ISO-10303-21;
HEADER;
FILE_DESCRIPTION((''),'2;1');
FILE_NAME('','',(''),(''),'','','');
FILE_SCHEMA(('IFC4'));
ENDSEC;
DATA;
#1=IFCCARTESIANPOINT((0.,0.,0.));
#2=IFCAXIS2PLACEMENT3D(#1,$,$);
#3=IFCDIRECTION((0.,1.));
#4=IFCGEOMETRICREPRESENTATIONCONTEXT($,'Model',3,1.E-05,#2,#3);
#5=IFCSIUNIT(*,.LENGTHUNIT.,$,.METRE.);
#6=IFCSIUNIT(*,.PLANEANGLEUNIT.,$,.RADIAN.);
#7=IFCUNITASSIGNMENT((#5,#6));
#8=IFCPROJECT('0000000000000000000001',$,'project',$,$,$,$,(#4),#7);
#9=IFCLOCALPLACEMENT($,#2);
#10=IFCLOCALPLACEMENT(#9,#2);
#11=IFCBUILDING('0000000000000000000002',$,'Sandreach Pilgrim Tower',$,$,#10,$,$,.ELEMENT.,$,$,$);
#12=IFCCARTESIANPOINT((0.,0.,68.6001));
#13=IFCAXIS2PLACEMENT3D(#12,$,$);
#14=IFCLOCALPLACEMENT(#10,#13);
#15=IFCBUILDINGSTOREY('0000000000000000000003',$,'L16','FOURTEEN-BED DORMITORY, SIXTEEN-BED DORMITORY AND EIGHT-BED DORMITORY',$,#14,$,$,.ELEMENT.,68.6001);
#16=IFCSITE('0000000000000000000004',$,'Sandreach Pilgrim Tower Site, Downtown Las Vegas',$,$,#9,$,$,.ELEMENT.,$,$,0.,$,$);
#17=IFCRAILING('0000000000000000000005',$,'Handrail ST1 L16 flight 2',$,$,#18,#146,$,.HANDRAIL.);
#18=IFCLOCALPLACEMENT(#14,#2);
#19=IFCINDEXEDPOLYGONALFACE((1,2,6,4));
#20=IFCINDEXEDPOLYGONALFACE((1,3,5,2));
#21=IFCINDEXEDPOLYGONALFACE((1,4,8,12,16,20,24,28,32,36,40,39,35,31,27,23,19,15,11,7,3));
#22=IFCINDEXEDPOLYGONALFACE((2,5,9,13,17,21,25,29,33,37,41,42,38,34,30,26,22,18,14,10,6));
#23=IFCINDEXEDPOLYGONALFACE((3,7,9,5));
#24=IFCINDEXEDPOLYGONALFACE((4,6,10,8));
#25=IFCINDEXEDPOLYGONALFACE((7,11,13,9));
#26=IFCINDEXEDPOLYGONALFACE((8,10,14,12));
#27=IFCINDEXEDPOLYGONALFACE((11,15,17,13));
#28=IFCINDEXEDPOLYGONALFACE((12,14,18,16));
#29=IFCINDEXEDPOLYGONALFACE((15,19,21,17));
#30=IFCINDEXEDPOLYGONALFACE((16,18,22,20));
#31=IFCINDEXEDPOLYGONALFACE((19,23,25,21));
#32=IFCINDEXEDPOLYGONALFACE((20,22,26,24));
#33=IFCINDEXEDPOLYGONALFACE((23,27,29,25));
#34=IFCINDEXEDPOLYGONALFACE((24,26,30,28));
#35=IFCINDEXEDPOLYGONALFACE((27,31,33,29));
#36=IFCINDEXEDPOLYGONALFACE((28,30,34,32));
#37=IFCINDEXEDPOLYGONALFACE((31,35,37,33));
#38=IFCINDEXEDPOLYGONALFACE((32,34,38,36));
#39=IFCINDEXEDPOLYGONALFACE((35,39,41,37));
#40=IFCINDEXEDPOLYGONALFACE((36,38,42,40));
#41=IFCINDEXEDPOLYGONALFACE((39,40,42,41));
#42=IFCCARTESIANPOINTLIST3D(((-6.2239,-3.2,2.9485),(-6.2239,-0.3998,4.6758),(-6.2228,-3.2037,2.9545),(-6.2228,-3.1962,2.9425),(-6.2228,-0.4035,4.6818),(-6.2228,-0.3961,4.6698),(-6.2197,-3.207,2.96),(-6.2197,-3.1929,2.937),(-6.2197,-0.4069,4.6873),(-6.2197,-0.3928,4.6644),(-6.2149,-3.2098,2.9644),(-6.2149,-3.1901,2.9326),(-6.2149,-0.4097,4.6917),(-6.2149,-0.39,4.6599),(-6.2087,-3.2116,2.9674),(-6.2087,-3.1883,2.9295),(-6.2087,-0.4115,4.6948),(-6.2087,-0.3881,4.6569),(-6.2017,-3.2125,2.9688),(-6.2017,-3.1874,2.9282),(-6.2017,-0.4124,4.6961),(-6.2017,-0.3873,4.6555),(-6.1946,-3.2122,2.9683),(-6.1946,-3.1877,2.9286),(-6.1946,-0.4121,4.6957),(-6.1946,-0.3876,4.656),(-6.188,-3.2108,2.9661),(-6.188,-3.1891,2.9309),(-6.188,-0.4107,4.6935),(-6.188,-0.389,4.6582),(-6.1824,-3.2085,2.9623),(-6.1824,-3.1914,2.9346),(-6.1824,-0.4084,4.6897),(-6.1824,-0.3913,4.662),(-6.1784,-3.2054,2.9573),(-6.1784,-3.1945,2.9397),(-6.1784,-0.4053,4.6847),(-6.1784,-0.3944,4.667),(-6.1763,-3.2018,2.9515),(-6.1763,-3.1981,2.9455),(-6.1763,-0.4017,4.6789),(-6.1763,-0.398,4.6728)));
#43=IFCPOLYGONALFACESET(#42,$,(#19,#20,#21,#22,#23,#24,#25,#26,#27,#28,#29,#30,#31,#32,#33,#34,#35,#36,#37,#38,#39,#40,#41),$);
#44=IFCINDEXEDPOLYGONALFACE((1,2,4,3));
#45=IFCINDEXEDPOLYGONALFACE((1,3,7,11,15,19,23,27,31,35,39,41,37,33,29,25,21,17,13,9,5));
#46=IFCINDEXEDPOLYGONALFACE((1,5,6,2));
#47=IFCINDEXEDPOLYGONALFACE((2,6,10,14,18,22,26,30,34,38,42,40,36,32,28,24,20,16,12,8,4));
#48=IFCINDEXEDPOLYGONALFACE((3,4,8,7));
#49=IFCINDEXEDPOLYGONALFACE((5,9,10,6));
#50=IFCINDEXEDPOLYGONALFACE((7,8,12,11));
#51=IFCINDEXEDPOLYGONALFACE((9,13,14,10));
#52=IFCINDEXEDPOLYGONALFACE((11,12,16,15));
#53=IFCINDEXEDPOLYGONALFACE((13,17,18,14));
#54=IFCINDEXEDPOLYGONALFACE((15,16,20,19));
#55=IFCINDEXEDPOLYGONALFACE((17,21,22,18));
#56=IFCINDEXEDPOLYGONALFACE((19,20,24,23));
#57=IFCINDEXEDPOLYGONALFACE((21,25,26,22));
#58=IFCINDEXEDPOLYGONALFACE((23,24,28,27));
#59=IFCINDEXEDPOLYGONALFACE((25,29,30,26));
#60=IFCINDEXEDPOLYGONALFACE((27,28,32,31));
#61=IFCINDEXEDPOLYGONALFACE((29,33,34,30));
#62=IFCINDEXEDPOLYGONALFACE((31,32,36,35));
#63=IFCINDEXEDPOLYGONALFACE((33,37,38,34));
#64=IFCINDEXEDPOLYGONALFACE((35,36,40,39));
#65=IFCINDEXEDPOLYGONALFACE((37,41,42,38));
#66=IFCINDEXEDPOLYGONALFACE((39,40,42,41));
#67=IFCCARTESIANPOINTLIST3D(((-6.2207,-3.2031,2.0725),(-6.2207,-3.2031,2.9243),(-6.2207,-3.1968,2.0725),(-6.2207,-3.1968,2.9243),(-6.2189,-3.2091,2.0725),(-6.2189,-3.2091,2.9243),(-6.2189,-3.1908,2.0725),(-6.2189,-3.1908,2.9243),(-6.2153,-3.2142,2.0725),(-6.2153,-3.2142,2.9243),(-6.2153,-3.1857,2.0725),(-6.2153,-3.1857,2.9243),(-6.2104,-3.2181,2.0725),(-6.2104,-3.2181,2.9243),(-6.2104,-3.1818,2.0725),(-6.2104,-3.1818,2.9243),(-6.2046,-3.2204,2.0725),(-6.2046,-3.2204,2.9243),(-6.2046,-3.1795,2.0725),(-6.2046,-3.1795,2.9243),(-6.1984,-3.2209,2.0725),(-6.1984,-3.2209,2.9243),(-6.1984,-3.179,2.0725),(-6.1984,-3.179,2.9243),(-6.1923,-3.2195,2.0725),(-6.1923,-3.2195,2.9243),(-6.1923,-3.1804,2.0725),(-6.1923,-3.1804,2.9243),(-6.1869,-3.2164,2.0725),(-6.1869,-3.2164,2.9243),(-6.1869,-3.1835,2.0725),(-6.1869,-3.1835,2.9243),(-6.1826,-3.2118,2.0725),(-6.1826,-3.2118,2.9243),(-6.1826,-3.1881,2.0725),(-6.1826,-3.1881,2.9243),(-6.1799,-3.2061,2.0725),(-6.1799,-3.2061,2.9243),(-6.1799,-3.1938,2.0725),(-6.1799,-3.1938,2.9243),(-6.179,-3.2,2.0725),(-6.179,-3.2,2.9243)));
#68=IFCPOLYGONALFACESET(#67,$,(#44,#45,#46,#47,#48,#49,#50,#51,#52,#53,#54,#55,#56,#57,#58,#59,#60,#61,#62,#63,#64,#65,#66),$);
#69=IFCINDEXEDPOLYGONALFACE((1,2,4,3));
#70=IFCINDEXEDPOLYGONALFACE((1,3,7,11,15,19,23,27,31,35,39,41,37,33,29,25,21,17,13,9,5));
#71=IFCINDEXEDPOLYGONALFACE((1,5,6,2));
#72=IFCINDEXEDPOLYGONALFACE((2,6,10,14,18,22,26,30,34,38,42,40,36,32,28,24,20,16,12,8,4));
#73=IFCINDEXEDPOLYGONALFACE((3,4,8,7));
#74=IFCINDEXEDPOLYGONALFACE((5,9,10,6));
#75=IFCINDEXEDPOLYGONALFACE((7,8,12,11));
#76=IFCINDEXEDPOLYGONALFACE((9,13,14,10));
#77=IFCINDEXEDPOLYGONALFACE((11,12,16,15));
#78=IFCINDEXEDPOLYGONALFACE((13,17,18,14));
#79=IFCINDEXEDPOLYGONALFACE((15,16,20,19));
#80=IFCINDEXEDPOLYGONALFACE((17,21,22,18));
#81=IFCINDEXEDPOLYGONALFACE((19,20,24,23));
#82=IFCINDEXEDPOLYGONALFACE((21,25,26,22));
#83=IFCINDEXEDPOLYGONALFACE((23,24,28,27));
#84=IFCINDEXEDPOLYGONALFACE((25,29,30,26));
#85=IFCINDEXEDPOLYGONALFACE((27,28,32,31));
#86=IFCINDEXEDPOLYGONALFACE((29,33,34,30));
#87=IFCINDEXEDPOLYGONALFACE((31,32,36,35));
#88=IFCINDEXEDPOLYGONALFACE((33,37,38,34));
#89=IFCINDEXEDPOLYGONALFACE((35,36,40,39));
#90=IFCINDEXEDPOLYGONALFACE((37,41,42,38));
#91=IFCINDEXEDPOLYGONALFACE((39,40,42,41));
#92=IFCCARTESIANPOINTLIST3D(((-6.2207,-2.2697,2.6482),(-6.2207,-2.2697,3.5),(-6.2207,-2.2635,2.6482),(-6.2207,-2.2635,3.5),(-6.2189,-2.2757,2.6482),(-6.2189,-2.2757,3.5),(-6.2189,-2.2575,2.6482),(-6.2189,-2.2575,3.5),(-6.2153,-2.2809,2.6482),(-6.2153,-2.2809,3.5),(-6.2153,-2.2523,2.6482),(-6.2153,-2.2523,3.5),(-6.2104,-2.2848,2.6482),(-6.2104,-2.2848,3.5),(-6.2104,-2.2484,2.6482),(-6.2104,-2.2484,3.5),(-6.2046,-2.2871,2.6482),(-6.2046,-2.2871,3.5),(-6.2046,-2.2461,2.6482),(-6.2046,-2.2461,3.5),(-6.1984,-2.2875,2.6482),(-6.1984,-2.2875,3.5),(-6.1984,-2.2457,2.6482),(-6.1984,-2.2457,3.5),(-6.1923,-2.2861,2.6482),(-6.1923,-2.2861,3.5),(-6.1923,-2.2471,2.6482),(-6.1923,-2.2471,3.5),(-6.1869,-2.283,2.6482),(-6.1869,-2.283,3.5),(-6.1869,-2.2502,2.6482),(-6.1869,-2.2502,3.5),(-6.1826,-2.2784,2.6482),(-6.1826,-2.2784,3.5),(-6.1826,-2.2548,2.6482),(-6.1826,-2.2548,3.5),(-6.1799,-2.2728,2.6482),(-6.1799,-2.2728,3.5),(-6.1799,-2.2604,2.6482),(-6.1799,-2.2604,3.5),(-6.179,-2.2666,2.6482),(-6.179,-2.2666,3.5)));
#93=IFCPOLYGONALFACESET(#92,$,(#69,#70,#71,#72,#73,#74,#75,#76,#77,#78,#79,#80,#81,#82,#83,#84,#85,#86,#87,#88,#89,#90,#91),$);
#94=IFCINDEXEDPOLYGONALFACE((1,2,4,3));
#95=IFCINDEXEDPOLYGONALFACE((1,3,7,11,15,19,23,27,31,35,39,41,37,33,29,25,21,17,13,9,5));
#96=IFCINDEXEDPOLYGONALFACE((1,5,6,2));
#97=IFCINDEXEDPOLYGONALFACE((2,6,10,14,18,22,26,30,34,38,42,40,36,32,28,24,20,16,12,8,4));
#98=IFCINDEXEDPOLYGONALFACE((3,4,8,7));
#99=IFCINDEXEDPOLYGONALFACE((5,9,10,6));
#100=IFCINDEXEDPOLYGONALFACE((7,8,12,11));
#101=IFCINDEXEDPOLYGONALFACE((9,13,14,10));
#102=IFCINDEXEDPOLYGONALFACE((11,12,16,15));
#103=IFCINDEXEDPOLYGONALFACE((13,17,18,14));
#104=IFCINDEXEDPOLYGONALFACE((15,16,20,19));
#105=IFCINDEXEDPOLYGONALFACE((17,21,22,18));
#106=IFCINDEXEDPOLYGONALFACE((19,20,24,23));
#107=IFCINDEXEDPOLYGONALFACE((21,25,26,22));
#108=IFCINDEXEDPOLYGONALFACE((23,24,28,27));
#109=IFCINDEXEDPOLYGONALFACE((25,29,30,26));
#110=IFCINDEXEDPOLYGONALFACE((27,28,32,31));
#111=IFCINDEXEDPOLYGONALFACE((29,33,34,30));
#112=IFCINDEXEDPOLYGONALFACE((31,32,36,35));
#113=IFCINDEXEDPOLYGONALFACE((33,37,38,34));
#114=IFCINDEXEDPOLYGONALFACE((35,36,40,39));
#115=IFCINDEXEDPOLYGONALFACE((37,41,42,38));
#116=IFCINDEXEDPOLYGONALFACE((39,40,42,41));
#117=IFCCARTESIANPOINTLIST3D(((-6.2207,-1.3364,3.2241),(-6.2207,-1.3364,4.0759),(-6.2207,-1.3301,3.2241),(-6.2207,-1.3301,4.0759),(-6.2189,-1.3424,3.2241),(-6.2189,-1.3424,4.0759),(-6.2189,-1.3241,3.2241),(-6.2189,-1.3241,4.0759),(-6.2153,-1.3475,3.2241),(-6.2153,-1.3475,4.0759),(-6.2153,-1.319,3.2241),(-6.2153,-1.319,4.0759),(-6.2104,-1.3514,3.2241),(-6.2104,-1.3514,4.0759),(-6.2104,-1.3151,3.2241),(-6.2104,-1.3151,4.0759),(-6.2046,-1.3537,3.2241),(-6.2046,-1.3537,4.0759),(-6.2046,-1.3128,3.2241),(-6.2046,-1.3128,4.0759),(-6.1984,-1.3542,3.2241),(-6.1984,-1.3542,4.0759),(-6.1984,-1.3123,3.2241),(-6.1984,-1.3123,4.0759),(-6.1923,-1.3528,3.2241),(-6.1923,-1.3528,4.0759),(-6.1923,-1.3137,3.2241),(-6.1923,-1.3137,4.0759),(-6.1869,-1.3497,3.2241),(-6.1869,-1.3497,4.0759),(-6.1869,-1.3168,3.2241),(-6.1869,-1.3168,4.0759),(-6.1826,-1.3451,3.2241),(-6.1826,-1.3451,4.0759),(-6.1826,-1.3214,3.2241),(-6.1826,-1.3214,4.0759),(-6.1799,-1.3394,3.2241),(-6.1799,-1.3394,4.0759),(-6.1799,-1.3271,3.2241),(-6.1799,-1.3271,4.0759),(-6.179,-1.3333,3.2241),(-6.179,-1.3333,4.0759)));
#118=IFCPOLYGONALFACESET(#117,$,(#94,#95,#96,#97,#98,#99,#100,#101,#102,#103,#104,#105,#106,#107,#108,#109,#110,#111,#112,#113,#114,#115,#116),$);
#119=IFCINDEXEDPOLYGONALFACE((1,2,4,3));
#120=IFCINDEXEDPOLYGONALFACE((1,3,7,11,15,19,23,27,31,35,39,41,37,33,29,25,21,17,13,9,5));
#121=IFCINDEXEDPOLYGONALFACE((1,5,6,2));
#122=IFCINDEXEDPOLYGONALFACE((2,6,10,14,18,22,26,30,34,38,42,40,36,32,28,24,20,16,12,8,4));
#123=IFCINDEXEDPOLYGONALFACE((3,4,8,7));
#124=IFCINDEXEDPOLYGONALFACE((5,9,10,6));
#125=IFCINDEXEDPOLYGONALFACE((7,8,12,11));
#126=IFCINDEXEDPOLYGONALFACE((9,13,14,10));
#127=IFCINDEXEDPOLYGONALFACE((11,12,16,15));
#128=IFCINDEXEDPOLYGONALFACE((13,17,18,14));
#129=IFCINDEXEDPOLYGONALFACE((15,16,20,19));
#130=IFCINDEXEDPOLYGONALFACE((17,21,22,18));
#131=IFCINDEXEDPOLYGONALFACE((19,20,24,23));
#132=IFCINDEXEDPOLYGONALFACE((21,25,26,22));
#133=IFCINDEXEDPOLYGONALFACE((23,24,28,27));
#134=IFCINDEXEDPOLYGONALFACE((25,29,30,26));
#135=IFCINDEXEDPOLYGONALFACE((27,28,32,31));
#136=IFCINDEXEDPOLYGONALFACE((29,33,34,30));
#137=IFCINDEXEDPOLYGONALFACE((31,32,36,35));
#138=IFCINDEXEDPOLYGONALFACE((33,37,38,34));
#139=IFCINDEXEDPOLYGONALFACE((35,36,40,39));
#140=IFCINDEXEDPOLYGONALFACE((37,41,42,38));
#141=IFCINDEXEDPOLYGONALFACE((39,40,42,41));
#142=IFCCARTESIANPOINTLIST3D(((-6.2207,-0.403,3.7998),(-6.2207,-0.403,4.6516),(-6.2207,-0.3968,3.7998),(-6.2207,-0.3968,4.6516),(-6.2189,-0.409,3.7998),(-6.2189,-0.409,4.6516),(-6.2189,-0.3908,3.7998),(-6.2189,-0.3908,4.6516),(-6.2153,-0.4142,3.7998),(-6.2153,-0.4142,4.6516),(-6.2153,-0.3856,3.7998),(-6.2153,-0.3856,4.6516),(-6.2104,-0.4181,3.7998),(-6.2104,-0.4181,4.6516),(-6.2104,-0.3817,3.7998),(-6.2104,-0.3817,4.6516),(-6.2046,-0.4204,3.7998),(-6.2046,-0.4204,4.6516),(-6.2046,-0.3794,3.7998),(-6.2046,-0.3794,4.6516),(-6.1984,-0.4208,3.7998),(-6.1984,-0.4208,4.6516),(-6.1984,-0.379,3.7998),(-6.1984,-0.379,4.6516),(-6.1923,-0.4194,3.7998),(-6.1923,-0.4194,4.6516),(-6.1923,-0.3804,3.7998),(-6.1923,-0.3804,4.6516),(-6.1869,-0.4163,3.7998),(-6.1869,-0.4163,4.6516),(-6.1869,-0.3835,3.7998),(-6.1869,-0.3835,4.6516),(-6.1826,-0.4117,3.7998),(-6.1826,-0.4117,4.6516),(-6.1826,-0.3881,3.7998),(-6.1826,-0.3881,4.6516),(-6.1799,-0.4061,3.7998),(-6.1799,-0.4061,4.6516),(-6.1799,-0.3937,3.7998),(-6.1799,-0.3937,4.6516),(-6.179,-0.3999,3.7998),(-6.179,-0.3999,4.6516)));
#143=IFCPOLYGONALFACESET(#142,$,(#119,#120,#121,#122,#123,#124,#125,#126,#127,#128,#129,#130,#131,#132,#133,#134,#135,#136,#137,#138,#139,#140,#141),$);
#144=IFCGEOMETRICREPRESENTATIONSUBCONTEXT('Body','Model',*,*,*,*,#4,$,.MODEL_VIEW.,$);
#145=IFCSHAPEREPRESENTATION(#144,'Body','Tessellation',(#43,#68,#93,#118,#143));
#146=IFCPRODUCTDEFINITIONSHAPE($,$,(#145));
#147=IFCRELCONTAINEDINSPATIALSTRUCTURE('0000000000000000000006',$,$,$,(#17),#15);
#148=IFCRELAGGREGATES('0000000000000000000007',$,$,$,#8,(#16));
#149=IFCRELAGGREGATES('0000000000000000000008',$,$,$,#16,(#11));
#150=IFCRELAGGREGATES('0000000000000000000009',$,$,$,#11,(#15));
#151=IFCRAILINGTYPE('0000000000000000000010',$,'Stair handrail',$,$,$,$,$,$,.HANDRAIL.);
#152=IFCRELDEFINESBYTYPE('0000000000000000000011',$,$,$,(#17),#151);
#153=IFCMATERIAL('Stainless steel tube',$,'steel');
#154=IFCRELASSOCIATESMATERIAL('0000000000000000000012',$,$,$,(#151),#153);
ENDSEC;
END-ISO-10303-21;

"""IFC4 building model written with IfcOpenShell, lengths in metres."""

from ifc_helpers import new_model, si_unit, direction, frame, origin, origin_2d, place, context, subcontext, project, spatial, circle, extrude, material, type_object, element, save


model = new_model("IFC4")

# Units and contexts
model_context = context("Model", 3, precision=1e-05, world=origin(), true_north=direction((0.0, 1.0)))
body_context = subcontext(model_context, "Body", "Model", "MODEL_VIEW")
ifc_project = project(units=[si_unit("LENGTHUNIT", "METRE"), si_unit("PLANEANGLEUNIT", "RADIAN")], contexts=[model_context])

# Site, building, storey
site_placement = place(None, origin())
site = spatial("IfcSite", under=ifc_project, at=site_placement, Name="Sandreach Pilgrim Tower Site, Downtown Las Vegas", CompositionType="ELEMENT", RefElevation=0.0)
building_placement = place(site_placement, origin())
building = spatial("IfcBuilding", under=site, at=building_placement, Name="Sandreach Pilgrim Tower", CompositionType="ELEMENT")
storey_placement = place(building_placement, frame((0.0, 0.0, 68.6001)))
storey = spatial("IfcBuildingStorey", under=building, at=storey_placement, Name="L16", Description="FOURTEEN-BED DORMITORY, SIXTEEN-BED DORMITORY AND EIGHT-BED DORMITORY", CompositionType="ELEMENT", Elevation=68.6001)

# Railing
ifc_material_1 = material(Name="Stainless steel tube", Category="steel")
railing_type = type_object("IfcRailingType", Name="Stair handrail", PredefinedType="HANDRAIL", material=ifc_material_1)
for number, where, name in (
    (1, (-6.2, -3.2, 2.0725), "Handrail ST1 L16 flight 2"),
):
    element("IfcRailing", number, at=place(storey_placement, frame(where)), inside=storey, type_object=railing_type, Name=name, PredefinedType="HANDRAIL", context=body_context, shape_type="SweptSolid", body=[
        extrude(circle(Radius=0.0239, at=origin_2d()), frame((0.0, 0.0, 0.876), z_axis=(0.0, 0.85109, 0.52502), x_axis=(-1.0, 0.0, 0.0)), (0.0, 0.0, 1.0), 3.29),
        extrude(circle(Radius=0.021, at=origin_2d()), origin(), (0.0, 0.0, 1.0), 0.8518),
        extrude(circle(Radius=0.021, at=origin_2d()), frame((0.0, 0.9333, 0.5757)), (0.0, 0.0, 1.0), 0.8518),
        extrude(circle(Radius=0.021, at=origin_2d()), frame((0.0, 1.8667, 1.1516)), (0.0, 0.0, 1.0), 0.8518),
        extrude(circle(Radius=0.021, at=origin_2d()), frame((0.0, 2.8, 1.7273)), (0.0, 0.0, 1.0), 0.8518),
    ])

save(model, "model.ifc")
